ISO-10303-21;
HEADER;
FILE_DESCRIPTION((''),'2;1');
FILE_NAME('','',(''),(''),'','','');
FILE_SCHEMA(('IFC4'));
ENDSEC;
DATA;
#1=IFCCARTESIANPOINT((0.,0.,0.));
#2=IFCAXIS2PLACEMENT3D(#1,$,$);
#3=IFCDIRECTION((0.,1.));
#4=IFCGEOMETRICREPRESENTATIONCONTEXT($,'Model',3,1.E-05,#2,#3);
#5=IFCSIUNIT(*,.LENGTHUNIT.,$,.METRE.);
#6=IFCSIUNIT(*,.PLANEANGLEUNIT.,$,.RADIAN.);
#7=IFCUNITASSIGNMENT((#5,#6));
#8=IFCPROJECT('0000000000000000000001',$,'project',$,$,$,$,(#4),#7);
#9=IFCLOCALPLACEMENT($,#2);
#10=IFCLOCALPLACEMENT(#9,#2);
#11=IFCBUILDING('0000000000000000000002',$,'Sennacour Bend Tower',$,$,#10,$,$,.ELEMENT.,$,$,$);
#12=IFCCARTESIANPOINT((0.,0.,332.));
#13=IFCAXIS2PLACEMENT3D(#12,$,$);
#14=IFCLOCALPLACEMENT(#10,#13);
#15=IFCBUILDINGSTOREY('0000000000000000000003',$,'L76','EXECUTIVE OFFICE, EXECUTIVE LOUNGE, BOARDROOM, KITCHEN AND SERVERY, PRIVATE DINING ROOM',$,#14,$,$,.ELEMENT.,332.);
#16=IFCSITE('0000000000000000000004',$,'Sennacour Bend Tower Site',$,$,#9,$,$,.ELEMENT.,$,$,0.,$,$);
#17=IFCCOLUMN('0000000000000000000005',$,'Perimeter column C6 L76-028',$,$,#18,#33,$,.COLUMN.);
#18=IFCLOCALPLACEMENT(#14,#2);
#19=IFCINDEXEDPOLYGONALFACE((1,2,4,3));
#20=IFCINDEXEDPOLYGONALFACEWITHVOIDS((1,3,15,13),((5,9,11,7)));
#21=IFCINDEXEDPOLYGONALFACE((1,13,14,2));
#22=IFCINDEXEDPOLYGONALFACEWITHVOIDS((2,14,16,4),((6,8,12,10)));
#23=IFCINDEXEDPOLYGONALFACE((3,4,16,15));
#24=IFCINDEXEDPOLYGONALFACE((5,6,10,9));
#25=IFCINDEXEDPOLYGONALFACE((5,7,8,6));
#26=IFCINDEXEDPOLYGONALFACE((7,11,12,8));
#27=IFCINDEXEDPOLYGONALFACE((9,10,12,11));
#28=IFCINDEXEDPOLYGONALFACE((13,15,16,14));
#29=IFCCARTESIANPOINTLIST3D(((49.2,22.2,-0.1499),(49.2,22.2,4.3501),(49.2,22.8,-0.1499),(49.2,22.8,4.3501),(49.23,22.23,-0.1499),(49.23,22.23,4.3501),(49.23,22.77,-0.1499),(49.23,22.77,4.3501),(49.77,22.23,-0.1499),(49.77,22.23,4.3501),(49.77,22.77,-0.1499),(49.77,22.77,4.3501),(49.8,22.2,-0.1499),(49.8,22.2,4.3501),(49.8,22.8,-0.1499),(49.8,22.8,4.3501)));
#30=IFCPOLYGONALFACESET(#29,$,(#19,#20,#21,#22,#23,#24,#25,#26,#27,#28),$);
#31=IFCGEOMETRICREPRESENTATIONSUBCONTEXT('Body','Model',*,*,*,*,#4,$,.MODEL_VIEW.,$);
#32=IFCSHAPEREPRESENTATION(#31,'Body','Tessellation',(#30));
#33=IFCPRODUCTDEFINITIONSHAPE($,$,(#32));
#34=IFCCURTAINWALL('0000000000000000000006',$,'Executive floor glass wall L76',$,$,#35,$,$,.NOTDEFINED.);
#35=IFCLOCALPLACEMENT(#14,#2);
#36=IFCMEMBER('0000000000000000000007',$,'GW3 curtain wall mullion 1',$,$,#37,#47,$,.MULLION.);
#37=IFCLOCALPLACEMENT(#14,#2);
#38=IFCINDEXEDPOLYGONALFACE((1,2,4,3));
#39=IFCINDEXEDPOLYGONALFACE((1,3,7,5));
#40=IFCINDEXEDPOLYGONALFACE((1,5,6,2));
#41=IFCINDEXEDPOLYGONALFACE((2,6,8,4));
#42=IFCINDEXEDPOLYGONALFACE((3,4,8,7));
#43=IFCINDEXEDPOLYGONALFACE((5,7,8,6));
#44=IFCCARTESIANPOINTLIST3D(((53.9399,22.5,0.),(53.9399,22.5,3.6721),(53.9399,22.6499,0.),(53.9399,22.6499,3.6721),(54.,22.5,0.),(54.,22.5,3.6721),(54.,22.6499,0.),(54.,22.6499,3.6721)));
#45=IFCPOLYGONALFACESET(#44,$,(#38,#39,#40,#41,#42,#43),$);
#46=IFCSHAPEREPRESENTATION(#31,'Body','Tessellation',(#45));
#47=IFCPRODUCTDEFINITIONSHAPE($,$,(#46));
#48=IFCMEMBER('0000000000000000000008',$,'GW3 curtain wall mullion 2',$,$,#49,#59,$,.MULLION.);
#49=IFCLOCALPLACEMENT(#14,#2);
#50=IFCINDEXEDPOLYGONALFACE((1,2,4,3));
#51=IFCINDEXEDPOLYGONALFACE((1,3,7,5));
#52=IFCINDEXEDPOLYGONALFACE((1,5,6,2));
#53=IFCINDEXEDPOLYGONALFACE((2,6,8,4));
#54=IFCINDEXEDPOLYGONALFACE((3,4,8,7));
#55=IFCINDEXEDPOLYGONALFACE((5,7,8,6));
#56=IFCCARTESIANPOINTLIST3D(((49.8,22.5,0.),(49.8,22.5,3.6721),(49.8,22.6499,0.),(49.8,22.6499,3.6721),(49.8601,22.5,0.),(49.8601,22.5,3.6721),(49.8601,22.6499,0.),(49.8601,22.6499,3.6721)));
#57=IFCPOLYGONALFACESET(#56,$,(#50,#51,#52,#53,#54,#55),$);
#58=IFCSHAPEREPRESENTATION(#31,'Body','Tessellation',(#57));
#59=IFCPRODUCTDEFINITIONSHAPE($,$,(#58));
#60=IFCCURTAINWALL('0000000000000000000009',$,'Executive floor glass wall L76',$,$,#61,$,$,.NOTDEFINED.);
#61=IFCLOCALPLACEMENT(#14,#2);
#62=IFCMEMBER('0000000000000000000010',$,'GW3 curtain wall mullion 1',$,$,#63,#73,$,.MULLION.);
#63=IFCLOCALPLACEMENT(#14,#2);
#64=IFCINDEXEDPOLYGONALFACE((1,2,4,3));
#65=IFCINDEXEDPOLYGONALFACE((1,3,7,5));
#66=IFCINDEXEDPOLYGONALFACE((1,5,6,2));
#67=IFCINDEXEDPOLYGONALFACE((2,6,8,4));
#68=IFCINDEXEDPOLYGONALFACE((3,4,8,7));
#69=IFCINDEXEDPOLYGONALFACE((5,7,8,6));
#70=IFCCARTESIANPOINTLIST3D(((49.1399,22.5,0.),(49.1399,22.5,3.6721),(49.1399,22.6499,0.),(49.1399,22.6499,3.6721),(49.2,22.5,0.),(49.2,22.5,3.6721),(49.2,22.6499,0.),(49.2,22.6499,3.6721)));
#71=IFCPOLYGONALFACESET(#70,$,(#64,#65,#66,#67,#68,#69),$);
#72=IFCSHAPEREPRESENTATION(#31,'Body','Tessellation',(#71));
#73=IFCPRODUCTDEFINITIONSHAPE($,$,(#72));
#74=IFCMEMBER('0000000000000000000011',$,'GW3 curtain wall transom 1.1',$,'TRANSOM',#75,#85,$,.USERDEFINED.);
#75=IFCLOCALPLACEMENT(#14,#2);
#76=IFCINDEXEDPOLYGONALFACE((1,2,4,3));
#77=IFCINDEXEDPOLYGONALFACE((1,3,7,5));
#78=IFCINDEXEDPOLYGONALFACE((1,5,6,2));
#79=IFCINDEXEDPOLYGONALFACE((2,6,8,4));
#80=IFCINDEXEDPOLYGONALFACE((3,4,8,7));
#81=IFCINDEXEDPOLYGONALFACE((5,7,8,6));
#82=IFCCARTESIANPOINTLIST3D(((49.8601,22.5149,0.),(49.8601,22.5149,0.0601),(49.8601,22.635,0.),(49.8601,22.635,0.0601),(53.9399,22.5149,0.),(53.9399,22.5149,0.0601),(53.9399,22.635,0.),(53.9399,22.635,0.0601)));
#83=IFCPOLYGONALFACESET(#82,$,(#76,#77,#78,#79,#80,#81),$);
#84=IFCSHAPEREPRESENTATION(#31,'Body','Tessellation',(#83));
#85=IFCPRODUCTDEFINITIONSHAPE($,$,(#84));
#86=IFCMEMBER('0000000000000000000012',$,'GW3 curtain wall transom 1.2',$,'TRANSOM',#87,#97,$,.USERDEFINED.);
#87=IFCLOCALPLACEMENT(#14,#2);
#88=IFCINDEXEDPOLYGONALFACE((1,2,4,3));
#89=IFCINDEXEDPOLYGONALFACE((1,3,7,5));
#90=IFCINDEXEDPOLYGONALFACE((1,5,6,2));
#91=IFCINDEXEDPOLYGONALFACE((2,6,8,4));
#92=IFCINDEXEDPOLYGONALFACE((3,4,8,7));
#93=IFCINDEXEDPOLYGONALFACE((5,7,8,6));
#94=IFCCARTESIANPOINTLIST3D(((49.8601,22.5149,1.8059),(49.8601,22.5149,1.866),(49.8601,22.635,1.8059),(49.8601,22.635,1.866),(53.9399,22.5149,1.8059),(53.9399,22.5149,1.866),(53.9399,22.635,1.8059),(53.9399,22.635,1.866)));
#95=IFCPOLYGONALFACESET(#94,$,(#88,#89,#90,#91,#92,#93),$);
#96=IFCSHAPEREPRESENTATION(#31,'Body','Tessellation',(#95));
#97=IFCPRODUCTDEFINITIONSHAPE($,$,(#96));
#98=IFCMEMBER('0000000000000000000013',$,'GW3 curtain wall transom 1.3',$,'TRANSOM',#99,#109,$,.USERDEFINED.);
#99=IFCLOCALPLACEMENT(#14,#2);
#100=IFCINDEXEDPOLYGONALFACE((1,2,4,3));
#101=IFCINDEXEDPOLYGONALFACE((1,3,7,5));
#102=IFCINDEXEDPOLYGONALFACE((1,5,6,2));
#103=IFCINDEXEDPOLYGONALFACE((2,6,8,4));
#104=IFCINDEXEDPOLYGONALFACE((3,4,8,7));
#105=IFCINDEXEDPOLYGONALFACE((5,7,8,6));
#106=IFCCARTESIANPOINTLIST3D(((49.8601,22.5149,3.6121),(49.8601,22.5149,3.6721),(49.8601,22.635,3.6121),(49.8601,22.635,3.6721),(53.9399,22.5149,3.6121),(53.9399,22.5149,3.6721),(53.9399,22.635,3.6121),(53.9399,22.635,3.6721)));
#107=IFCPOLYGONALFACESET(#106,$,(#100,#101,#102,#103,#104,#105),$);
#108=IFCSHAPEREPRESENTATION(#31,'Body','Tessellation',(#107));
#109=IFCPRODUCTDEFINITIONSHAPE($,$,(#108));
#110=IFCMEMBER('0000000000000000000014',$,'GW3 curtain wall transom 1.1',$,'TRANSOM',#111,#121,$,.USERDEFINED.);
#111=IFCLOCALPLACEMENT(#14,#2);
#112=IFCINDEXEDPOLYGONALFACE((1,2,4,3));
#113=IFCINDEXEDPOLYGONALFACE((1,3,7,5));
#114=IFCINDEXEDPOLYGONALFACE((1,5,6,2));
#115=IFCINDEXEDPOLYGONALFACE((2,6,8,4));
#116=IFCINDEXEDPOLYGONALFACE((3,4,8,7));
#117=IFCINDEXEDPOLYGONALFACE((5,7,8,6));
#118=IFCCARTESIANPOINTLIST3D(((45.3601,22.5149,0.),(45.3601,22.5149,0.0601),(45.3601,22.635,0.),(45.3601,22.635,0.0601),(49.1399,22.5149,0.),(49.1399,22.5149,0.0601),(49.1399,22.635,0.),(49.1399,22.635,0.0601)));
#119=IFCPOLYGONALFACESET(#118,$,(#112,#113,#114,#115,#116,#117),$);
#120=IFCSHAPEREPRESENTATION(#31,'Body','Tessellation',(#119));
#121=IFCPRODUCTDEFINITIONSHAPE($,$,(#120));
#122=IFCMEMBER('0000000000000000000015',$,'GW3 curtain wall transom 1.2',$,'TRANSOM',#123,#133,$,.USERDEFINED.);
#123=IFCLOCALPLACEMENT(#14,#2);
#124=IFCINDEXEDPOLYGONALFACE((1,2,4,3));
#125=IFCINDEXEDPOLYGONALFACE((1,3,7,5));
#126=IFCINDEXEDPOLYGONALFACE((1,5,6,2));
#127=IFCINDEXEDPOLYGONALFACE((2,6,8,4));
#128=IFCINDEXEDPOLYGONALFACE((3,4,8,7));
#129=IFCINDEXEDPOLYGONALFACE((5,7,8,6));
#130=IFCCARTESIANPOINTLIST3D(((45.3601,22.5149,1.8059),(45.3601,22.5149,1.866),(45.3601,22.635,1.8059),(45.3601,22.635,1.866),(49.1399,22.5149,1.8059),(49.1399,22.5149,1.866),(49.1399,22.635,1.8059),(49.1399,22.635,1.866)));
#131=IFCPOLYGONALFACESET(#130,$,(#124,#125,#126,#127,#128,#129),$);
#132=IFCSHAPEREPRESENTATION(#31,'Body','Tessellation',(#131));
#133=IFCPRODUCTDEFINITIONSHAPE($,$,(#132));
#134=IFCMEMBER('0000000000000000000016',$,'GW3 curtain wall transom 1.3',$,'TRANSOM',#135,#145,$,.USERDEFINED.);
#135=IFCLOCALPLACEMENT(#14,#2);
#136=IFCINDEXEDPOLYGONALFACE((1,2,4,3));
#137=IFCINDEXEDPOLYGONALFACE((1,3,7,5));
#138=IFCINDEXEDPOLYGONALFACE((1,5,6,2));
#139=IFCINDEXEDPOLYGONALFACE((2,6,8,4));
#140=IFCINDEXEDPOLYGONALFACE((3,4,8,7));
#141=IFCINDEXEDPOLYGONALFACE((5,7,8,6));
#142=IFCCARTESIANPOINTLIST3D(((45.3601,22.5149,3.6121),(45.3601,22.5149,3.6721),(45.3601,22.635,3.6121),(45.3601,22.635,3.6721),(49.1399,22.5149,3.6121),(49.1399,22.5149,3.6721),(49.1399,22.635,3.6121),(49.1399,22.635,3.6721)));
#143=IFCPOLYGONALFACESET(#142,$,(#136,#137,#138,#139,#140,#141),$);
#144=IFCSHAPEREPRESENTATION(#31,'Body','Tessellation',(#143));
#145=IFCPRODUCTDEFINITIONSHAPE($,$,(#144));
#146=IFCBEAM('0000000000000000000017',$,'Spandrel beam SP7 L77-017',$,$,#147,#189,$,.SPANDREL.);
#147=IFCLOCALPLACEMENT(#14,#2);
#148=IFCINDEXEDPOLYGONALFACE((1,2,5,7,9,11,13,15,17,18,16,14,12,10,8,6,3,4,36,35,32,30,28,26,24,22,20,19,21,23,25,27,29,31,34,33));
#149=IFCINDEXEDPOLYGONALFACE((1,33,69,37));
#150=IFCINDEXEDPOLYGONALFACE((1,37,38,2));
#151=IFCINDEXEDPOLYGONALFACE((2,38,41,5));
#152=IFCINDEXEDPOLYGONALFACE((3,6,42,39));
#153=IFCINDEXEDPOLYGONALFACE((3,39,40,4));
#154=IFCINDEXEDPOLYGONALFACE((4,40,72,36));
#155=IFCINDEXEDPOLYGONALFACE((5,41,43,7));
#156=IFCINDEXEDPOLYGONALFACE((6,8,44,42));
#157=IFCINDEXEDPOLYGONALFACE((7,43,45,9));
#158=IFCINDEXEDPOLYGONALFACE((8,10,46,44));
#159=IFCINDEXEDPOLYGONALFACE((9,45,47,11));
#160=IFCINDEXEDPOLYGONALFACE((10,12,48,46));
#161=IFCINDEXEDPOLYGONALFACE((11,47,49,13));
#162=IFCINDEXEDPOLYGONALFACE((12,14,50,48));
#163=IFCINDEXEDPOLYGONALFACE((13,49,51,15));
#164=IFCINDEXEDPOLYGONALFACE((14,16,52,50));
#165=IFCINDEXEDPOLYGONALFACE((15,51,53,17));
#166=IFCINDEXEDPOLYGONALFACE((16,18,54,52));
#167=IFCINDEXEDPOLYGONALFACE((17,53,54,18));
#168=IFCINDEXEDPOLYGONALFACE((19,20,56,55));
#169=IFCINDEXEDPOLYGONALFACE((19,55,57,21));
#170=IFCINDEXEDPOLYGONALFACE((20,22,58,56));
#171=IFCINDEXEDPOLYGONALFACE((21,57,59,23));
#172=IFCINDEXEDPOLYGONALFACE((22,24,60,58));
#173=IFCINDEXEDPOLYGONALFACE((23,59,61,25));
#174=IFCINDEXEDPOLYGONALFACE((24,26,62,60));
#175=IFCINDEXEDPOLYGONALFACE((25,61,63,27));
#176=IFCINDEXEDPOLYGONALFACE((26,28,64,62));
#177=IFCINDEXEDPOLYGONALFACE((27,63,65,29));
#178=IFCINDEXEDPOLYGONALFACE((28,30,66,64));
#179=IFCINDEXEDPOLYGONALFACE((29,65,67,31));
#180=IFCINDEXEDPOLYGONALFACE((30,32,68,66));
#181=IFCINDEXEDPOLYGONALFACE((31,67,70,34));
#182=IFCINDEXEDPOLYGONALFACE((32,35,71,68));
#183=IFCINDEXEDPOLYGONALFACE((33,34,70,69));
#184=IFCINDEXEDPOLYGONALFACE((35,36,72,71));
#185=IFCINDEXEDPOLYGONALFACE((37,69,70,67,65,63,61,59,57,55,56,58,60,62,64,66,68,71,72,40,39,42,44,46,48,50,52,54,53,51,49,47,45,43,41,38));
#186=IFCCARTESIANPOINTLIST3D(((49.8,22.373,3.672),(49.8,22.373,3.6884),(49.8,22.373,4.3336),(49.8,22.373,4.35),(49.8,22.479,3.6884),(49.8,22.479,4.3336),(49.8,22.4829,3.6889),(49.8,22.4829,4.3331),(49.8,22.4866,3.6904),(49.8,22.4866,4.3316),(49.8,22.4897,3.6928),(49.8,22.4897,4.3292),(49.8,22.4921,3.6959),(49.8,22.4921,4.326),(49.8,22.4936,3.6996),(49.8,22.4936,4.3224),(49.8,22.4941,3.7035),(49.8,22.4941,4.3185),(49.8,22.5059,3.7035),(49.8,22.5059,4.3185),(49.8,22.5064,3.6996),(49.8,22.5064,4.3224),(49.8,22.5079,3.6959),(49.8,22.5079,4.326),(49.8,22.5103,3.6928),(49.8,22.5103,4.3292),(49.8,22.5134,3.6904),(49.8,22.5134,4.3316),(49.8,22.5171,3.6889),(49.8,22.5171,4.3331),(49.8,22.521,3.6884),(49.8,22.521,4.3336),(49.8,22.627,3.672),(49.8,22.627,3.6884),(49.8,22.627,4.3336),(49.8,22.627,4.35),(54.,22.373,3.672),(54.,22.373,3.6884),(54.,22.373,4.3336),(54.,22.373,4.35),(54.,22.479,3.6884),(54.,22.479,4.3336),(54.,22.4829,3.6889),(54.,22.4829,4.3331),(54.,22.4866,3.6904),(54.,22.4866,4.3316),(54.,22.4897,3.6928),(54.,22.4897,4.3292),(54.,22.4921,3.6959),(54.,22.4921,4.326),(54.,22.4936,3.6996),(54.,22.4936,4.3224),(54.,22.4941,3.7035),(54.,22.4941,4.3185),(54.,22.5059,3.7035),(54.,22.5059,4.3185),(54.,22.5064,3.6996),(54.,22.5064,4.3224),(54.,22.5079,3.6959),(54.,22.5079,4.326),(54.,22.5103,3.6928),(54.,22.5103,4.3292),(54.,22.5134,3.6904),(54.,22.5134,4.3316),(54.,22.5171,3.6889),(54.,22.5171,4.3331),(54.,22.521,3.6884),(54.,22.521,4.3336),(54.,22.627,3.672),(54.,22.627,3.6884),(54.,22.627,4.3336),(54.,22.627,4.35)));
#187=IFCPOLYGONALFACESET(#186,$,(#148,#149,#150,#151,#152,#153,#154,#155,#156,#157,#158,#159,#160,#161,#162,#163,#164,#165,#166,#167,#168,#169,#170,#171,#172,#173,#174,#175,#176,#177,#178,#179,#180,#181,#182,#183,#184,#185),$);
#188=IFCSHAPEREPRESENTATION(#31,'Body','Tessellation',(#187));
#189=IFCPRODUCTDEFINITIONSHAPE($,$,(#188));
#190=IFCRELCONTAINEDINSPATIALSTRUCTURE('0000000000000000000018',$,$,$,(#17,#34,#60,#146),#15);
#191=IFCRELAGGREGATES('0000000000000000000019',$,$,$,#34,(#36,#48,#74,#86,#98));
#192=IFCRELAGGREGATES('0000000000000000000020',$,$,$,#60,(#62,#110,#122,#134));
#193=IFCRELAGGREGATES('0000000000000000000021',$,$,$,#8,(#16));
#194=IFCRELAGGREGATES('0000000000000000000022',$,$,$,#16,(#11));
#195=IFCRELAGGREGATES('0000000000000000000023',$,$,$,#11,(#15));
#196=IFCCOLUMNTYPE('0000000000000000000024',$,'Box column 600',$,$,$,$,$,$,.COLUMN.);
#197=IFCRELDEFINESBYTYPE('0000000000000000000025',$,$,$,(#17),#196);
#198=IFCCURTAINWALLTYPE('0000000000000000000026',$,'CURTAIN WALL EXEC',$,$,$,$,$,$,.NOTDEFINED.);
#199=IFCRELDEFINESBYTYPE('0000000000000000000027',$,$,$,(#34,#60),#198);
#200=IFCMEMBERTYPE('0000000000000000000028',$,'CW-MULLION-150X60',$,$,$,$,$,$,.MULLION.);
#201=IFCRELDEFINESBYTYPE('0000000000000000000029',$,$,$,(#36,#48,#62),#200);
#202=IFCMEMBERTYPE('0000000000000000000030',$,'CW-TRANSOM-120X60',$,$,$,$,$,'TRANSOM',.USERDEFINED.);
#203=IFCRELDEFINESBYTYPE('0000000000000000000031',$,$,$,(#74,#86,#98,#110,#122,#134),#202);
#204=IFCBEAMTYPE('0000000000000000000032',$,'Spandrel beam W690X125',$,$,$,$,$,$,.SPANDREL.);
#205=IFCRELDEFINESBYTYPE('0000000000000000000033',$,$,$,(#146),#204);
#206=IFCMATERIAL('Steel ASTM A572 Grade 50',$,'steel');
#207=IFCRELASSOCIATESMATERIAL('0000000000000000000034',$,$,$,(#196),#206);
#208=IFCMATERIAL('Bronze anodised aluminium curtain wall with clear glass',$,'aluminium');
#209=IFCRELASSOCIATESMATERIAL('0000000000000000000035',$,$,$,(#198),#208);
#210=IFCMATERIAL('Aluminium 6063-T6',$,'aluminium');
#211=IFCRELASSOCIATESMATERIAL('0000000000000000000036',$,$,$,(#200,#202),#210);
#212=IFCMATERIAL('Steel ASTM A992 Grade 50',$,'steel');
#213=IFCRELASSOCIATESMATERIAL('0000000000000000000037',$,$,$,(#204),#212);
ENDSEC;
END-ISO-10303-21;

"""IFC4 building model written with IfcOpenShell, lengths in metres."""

from ifc_helpers import new_model, si_unit, direction, frame, origin, origin_2d, place, context, subcontext, project, spatial, rectangle, hollow_rectangle, i_section, extrude, material, material_profile, profile_set, type_object, element, aggregate, save


model = new_model("IFC4")

# Units and contexts
model_context = context("Model", 3, precision=1e-05, world=origin(), true_north=direction((0.0, 1.0)))
body_context = subcontext(model_context, "Body", "Model", "MODEL_VIEW")
ifc_project = project(units=[si_unit("LENGTHUNIT", "METRE"), si_unit("PLANEANGLEUNIT", "RADIAN")], contexts=[model_context])

# Site, building, storey
site_placement = place(None, origin())
site = spatial("IfcSite", under=ifc_project, at=site_placement, Name="Sennacour Bend Tower Site", CompositionType="ELEMENT", RefElevation=0.0)
building_placement = place(site_placement, origin())
building = spatial("IfcBuilding", under=site, at=building_placement, Name="Sennacour Bend Tower", CompositionType="ELEMENT")
storey_placement = place(building_placement, frame((0.0, 0.0, 332.0)))
storey = spatial("IfcBuildingStorey", under=building, at=storey_placement, Name="L76", Description="EXECUTIVE OFFICE, EXECUTIVE LOUNGE, BOARDROOM, KITCHEN AND SERVERY, PRIVATE DINING ROOM", CompositionType="ELEMENT", Elevation=332.0)

# Column
ifc_material_1 = material(Name="Steel ASTM A572 Grade 50", Category="steel")
ifc_material_profile_1 = material_profile(ifc_material_1, hollow_rectangle(XDim=0.6001, YDim=0.6001, WallThickness=0.03, at=origin_2d()), Name="Steel ASTM A572 Grade 50", Category="steel")
ifc_profile_set_1 = profile_set([ifc_material_profile_1], Name="Steel ASTM A572 Grade 50")
column_type = type_object("IfcColumnType", Name="Box column 600", PredefinedType="COLUMN", material=ifc_profile_set_1)
column_placement = place(storey_placement, frame((49.5, 22.5, -0.1499), z_axis=(0.0, 0.0, 1.0), x_axis=(1.0, 0.0, 0.0)))
element("IfcColumn", 1, at=column_placement, inside=storey, type_object=column_type, Name="Perimeter column C6 L76-028", PredefinedType="COLUMN", context=body_context, shape_type="SweptSolid", body=[
    extrude(hollow_rectangle(XDim=0.6001, YDim=0.6001, WallThickness=0.03, at=origin_2d()), origin(), (0.0, 0.0, 1.0), 4.5),
])

# Curtain wall, members
ifc_material_2 = material(Name="Bronze anodised aluminium curtain wall with clear glass", Category="aluminium")
curtain_wall_type = type_object("IfcCurtainWallType", Name="CURTAIN WALL EXEC", PredefinedType="NOTDEFINED", material=ifc_material_2)
curtain_wall_1_placement = place(storey_placement, origin())
curtain_wall_1 = element("IfcCurtainWall", 2, at=curtain_wall_1_placement, inside=storey, type_object=curtain_wall_type, Name="Executive floor glass wall L76", PredefinedType="NOTDEFINED")
ifc_material_3 = material(Name="Aluminium 6063-T6", Category="aluminium")
ifc_material_profile_2 = material_profile(ifc_material_3, rectangle(XDim=0.1499, YDim=0.0601, at=origin_2d()), Name="Aluminium 6063-T6", Category="aluminium")
ifc_profile_set_2 = profile_set([ifc_material_profile_2], Name="Aluminium 6063-T6")
member_type_1 = type_object("IfcMemberType", Name="CW-MULLION-150X60", PredefinedType="MULLION", material=ifc_profile_set_2)
member_1_placement = place(storey_placement, frame((53.97, 22.575, 0.0), z_axis=(0.0, 0.0, 1.0), x_axis=(0.0, -1.0, 0.0)))
member_1 = element("IfcMember", 3, at=member_1_placement, type_object=member_type_1, Name="GW3 curtain wall mullion 1", PredefinedType="MULLION", context=body_context, shape_type="SweptSolid", body=[
    extrude(rectangle(XDim=0.1499, YDim=0.0601, at=origin_2d()), origin(), (0.0, 0.0, 1.0), 3.6721),
])
member_2_placement = place(storey_placement, frame((49.8301, 22.575, 0.0), z_axis=(0.0, 0.0, 1.0), x_axis=(0.0, -1.0, 0.0)))
member_2 = element("IfcMember", 4, at=member_2_placement, type_object=member_type_1, Name="GW3 curtain wall mullion 2", PredefinedType="MULLION", context=body_context, shape_type="SweptSolid", body=[
    extrude(rectangle(XDim=0.1499, YDim=0.0601, at=origin_2d()), origin(), (0.0, 0.0, 1.0), 3.6721),
])

# Curtain wall, member
curtain_wall_2_placement = place(storey_placement, origin())
curtain_wall_2 = element("IfcCurtainWall", 5, at=curtain_wall_2_placement, inside=storey, type_object=curtain_wall_type, Name="Executive floor glass wall L76", PredefinedType="NOTDEFINED")
member_3_placement = place(storey_placement, frame((49.1699, 22.575, 0.0), z_axis=(0.0, 0.0, 1.0), x_axis=(0.0, -1.0, 0.0)))
member_3 = element("IfcMember", 6, at=member_3_placement, type_object=member_type_1, Name="GW3 curtain wall mullion 1", PredefinedType="MULLION", context=body_context, shape_type="SweptSolid", body=[
    extrude(rectangle(XDim=0.1499, YDim=0.0601, at=origin_2d()), origin(), (0.0, 0.0, 1.0), 3.6721),
])

# Members
ifc_material_profile_3 = material_profile(ifc_material_3, rectangle(XDim=0.1201, YDim=0.0601, at=origin_2d()), Name="Aluminium 6063-T6", Category="aluminium")
ifc_profile_set_3 = profile_set([ifc_material_profile_3], Name="Aluminium 6063-T6")
member_type_2 = type_object("IfcMemberType", Name="CW-TRANSOM-120X60", ElementType="TRANSOM", PredefinedType="USERDEFINED", material=ifc_profile_set_3)
member_4_placement = place(storey_placement, frame((53.9399, 22.575, 0.03), z_axis=(-1.0, 0.0, 0.0), x_axis=(0.0, -1.0, 0.0)))
member_4 = element("IfcMember", 7, at=member_4_placement, type_object=member_type_2, Name="GW3 curtain wall transom 1.1", ObjectType="TRANSOM", PredefinedType="USERDEFINED", context=body_context, shape_type="SweptSolid", body=[
    extrude(rectangle(XDim=0.1201, YDim=0.0601, at=origin_2d()), origin(), (0.0, 0.0, 1.0), 4.0798),
])
member_5_placement = place(storey_placement, frame((53.9399, 22.575, 1.8359), z_axis=(-1.0, 0.0, 0.0), x_axis=(0.0, -1.0, 0.0)))
member_5 = element("IfcMember", 8, at=member_5_placement, type_object=member_type_2, Name="GW3 curtain wall transom 1.2", ObjectType="TRANSOM", PredefinedType="USERDEFINED", context=body_context, shape_type="SweptSolid", body=[
    extrude(rectangle(XDim=0.1201, YDim=0.0601, at=origin_2d()), origin(), (0.0, 0.0, 1.0), 4.0798),
])
member_6_placement = place(storey_placement, frame((53.9399, 22.575, 3.6421), z_axis=(-1.0, 0.0, 0.0), x_axis=(0.0, -1.0, 0.0)))
member_6 = element("IfcMember", 9, at=member_6_placement, type_object=member_type_2, Name="GW3 curtain wall transom 1.3", ObjectType="TRANSOM", PredefinedType="USERDEFINED", context=body_context, shape_type="SweptSolid", body=[
    extrude(rectangle(XDim=0.1201, YDim=0.0601, at=origin_2d()), origin(), (0.0, 0.0, 1.0), 4.0798),
])
member_7_placement = place(storey_placement, frame((49.1399, 22.575, 0.03), z_axis=(-1.0, 0.0, 0.0), x_axis=(0.0, -1.0, 0.0)))
member_7 = element("IfcMember", 10, at=member_7_placement, type_object=member_type_2, Name="GW3 curtain wall transom 1.1", ObjectType="TRANSOM", PredefinedType="USERDEFINED", context=body_context, shape_type="SweptSolid", body=[
    extrude(rectangle(XDim=0.1201, YDim=0.0601, at=origin_2d()), origin(), (0.0, 0.0, 1.0), 3.7798),
])
member_8_placement = place(storey_placement, frame((49.1399, 22.575, 1.8359), z_axis=(-1.0, 0.0, 0.0), x_axis=(0.0, -1.0, 0.0)))
member_8 = element("IfcMember", 11, at=member_8_placement, type_object=member_type_2, Name="GW3 curtain wall transom 1.2", ObjectType="TRANSOM", PredefinedType="USERDEFINED", context=body_context, shape_type="SweptSolid", body=[
    extrude(rectangle(XDim=0.1201, YDim=0.0601, at=origin_2d()), origin(), (0.0, 0.0, 1.0), 3.7798),
])
member_9_placement = place(storey_placement, frame((49.1399, 22.575, 3.6421), z_axis=(-1.0, 0.0, 0.0), x_axis=(0.0, -1.0, 0.0)))
member_9 = element("IfcMember", 12, at=member_9_placement, type_object=member_type_2, Name="GW3 curtain wall transom 1.3", ObjectType="TRANSOM", PredefinedType="USERDEFINED", context=body_context, shape_type="SweptSolid", body=[
    extrude(rectangle(XDim=0.1201, YDim=0.0601, at=origin_2d()), origin(), (0.0, 0.0, 1.0), 3.7798),
])

# Beam
ifc_material_4 = material(Name="Steel ASTM A992 Grade 50", Category="steel")
ifc_material_profile_4 = material_profile(ifc_material_4, i_section(OverallWidth=0.2539, OverallDepth=0.678, WebThickness=0.0117, FlangeThickness=0.0164, FilletRadius=0.0151, at=origin_2d()), Name="Steel ASTM A992 Grade 50", Category="steel")
ifc_profile_set_4 = profile_set([ifc_material_profile_4], Name="Steel ASTM A992 Grade 50")
beam_type = type_object("IfcBeamType", Name="Spandrel beam W690X125", PredefinedType="SPANDREL", material=ifc_profile_set_4)
beam_placement = place(storey_placement, frame((49.8, 22.5, 4.011), z_axis=(1.0, 0.0, 0.0), x_axis=(0.0, 1.0, 0.0)))
element("IfcBeam", 13, at=beam_placement, inside=storey, type_object=beam_type, Name="Spandrel beam SP7 L77-017", PredefinedType="SPANDREL", context=body_context, shape_type="SweptSolid", body=[
    extrude(i_section(OverallWidth=0.2539, OverallDepth=0.678, WebThickness=0.0117, FlangeThickness=0.0164, FilletRadius=0.0151, at=origin_2d()), origin(), (0.0, 0.0, 1.0), 4.2),
])

aggregate(curtain_wall_1, [member_1, member_2, member_4, member_5, member_6])
aggregate(curtain_wall_2, [member_3, member_7, member_8, member_9])

save(model, "model.ifc")
